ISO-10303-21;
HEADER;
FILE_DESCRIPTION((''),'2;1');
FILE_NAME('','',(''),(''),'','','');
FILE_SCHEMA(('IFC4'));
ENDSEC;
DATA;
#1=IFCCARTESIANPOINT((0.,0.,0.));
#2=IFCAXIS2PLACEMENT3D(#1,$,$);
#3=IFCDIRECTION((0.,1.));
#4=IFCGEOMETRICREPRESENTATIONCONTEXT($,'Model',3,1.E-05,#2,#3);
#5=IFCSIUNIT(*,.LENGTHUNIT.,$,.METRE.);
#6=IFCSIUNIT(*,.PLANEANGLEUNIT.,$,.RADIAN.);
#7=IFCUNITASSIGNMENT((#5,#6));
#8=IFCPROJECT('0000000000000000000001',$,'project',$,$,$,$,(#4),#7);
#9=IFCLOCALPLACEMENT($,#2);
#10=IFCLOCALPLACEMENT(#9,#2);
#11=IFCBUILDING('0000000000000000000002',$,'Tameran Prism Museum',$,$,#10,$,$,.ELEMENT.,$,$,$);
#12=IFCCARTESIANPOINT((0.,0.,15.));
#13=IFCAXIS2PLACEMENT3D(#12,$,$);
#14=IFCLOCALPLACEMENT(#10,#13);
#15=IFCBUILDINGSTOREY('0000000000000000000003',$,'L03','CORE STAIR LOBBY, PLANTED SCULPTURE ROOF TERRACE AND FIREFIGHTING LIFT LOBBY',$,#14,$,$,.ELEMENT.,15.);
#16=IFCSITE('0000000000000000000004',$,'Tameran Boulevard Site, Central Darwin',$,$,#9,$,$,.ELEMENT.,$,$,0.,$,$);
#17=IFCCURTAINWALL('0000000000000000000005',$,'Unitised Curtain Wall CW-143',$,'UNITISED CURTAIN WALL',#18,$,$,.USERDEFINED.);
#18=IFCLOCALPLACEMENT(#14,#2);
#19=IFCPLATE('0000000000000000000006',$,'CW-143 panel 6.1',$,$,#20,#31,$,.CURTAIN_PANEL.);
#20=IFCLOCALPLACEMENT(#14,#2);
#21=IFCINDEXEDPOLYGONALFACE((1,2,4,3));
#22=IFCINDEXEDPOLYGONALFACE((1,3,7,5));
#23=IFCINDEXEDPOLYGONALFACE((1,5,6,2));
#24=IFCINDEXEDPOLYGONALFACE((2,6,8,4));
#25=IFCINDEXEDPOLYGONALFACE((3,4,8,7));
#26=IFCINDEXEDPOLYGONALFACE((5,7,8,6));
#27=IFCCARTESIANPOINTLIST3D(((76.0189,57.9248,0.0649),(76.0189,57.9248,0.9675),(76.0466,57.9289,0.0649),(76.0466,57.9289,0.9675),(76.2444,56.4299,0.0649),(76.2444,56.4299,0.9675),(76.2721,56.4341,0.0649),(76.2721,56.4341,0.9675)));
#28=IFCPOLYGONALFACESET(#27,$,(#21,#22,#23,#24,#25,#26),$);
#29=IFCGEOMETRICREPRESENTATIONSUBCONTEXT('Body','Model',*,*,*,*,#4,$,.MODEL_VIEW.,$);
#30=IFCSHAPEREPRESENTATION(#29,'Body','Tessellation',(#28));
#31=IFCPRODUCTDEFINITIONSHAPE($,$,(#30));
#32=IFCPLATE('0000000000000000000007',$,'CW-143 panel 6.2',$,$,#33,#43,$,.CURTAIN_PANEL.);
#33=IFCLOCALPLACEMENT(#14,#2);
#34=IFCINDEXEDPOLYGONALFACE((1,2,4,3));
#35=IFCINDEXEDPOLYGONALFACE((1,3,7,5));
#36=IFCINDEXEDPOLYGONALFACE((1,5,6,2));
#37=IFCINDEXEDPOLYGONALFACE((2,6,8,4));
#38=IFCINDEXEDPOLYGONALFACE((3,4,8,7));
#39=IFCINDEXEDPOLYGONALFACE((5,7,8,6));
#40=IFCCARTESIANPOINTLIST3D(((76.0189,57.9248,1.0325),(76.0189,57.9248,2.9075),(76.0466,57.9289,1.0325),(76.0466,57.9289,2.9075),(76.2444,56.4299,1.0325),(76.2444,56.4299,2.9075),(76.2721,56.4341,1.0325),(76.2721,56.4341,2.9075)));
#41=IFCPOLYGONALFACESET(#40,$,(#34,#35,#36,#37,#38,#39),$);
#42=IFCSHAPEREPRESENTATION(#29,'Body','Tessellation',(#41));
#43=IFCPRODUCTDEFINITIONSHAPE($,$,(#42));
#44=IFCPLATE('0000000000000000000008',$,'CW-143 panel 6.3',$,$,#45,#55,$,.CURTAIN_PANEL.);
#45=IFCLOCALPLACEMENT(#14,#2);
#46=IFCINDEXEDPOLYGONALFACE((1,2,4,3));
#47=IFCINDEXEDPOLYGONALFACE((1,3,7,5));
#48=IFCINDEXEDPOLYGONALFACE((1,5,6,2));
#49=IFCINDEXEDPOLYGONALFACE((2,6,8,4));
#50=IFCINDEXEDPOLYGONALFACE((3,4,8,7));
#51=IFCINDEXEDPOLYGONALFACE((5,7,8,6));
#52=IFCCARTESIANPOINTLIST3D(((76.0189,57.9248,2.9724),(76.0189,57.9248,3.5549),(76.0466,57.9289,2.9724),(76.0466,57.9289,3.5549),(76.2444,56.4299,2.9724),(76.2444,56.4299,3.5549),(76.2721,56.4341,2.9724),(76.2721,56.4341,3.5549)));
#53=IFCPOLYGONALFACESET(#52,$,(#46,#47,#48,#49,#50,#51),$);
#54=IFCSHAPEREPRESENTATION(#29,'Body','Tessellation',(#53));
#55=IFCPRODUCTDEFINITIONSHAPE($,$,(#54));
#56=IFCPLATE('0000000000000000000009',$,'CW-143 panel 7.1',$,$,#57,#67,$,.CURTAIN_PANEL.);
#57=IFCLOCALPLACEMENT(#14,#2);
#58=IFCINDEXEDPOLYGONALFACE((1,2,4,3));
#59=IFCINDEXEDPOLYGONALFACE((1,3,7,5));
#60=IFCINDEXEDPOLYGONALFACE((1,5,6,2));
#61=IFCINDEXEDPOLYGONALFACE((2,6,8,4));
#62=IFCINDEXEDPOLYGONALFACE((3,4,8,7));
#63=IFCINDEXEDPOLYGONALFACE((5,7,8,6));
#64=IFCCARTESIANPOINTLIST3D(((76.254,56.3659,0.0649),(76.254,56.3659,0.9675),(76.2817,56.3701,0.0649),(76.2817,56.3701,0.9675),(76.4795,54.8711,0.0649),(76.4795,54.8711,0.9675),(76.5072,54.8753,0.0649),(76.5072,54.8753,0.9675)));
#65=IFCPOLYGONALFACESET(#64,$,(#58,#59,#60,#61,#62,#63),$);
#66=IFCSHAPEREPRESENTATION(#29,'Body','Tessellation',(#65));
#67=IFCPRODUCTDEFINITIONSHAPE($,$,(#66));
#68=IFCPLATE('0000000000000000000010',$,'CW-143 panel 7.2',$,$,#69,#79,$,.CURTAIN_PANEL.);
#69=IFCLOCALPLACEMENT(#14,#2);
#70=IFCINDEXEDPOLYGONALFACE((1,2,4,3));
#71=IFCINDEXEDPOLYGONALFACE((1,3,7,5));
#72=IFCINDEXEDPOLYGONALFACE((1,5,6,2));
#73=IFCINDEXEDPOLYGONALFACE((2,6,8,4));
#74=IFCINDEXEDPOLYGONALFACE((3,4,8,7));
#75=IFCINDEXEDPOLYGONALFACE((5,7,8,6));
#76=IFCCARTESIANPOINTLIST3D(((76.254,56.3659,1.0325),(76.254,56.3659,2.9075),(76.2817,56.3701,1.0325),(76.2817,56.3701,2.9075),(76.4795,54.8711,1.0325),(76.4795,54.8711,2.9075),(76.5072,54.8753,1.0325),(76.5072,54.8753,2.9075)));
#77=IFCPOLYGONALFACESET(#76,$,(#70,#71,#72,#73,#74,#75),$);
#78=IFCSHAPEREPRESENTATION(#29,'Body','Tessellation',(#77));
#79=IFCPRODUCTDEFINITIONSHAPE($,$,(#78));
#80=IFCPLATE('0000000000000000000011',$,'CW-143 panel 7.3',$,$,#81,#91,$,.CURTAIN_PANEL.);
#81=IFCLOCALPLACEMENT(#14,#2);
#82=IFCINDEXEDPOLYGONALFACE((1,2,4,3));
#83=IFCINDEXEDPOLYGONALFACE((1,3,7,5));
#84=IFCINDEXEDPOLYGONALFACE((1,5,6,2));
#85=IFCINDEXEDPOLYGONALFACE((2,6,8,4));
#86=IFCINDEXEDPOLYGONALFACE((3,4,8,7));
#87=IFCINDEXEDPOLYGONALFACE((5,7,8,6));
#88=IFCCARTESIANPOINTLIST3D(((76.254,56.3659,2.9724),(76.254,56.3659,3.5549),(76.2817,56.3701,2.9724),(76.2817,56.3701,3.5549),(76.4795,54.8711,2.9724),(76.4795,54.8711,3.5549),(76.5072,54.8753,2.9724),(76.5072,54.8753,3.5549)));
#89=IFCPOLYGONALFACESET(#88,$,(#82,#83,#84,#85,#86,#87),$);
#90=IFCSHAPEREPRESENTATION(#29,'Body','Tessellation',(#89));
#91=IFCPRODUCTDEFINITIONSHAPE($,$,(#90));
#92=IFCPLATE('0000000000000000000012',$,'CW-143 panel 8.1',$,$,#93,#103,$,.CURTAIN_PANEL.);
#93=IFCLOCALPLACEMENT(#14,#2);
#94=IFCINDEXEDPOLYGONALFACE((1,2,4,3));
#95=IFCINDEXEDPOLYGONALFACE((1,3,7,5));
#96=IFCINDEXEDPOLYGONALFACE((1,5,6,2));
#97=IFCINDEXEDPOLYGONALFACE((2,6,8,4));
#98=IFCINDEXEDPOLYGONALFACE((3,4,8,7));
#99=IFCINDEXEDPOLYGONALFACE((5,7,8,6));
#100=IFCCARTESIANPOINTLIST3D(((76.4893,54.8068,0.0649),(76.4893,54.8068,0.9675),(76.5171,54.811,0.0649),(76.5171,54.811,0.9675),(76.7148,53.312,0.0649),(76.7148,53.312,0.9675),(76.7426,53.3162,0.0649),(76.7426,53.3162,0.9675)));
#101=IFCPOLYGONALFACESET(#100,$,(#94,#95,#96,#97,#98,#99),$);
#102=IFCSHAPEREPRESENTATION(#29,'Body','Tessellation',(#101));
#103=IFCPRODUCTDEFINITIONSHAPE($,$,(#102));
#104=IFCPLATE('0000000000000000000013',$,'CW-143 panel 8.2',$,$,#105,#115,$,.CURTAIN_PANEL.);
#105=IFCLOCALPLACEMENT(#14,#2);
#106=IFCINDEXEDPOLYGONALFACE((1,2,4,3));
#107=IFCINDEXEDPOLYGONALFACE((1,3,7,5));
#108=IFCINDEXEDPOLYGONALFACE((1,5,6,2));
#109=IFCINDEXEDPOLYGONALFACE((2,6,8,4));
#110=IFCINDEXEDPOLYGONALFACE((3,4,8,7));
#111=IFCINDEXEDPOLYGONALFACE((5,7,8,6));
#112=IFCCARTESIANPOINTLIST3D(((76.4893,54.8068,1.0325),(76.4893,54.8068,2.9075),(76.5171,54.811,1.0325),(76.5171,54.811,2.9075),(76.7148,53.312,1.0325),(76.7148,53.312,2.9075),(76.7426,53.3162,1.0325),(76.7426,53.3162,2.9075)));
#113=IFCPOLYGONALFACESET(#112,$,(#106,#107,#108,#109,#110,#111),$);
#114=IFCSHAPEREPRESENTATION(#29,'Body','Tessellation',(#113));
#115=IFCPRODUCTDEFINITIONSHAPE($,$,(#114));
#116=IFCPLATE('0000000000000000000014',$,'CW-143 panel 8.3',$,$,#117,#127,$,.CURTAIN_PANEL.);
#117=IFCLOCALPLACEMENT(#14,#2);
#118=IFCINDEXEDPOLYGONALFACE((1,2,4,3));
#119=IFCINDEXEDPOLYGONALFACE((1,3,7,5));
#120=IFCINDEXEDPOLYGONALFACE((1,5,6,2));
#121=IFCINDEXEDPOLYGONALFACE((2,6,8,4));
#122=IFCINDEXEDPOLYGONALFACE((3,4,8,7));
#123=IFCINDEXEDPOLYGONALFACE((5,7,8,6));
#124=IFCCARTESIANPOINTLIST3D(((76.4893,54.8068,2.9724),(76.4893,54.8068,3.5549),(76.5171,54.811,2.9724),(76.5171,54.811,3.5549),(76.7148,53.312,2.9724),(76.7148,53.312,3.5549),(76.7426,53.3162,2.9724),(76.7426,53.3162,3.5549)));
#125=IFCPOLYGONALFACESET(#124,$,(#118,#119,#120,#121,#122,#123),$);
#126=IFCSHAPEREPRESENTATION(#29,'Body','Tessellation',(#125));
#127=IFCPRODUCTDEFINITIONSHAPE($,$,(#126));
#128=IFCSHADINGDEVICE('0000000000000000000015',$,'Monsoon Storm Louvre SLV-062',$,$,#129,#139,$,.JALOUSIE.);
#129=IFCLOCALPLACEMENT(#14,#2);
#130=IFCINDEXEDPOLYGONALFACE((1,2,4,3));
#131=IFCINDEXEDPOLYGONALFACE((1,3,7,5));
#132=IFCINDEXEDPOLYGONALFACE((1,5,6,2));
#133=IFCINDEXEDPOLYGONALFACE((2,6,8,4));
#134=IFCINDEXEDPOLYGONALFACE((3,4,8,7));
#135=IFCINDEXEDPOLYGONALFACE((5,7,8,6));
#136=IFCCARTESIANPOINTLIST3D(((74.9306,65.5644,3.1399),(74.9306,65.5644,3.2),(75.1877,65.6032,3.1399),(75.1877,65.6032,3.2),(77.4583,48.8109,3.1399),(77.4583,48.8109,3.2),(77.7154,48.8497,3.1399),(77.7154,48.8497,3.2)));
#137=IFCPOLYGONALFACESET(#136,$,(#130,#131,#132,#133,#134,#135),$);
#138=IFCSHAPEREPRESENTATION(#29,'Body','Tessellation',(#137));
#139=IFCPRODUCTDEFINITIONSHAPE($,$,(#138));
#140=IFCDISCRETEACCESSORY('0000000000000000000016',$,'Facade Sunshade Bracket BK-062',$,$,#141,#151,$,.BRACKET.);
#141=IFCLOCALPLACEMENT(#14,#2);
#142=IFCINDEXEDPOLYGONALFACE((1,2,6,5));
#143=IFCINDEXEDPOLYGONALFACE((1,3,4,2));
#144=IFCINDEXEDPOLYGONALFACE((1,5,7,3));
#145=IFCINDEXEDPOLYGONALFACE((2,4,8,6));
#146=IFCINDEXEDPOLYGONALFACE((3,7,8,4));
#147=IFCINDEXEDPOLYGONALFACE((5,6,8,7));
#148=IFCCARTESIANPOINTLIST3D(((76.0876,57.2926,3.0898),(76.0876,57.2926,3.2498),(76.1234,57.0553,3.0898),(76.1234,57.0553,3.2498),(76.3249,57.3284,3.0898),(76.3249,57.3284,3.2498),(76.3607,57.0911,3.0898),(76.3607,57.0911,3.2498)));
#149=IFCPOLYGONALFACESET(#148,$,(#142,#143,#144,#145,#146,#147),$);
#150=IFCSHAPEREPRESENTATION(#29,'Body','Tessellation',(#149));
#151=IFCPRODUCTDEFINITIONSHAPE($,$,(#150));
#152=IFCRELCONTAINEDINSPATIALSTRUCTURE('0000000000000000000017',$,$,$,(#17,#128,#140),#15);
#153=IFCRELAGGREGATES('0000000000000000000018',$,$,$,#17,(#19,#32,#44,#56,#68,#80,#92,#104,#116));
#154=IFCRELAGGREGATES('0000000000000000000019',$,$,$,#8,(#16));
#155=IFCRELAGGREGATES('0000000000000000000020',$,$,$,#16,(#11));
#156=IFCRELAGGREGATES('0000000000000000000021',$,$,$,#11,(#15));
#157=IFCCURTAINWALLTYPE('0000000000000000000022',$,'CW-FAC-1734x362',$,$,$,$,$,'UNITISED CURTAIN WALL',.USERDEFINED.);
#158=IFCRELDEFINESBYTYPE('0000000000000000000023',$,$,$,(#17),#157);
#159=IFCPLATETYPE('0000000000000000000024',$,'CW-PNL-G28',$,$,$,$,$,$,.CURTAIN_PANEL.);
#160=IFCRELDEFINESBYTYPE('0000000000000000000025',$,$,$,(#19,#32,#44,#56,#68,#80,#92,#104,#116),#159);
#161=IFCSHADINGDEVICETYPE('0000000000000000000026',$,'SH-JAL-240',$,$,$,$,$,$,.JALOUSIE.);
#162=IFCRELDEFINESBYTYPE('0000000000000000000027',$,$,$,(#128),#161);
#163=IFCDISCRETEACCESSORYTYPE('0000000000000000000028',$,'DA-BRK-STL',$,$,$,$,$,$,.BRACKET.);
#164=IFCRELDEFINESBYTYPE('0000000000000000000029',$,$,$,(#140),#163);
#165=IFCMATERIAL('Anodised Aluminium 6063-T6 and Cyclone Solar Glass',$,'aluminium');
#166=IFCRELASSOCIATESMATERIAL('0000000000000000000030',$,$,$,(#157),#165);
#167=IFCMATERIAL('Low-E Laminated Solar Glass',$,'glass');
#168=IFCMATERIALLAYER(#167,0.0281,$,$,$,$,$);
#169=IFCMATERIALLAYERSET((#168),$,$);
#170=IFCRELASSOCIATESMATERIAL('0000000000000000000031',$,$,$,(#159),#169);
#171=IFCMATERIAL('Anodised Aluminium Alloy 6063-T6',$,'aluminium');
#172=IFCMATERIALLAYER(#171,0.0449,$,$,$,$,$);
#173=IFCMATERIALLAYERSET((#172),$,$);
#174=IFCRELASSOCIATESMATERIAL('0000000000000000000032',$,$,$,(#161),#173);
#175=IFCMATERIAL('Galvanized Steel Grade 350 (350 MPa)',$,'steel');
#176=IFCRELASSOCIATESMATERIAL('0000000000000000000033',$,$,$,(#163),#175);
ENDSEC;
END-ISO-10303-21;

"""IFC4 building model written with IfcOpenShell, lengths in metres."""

from ifc_helpers import new_model, si_unit, direction, frame, origin, origin_2d, place, context, subcontext, project, spatial, rectangle, extrude, material, layer, layer_set, type_object, element, aggregate, save


model = new_model("IFC4")

# Units and contexts
model_context = context("Model", 3, precision=1e-05, world=origin(), true_north=direction((0.0, 1.0)))
body_context = subcontext(model_context, "Body", "Model", "MODEL_VIEW")
ifc_project = project(units=[si_unit("LENGTHUNIT", "METRE"), si_unit("PLANEANGLEUNIT", "RADIAN")], contexts=[model_context])

# Site, building, storey
site_placement = place(None, origin())
site = spatial("IfcSite", under=ifc_project, at=site_placement, Name="Tameran Boulevard Site, Central Darwin", CompositionType="ELEMENT", RefElevation=0.0)
building_placement = place(site_placement, origin())
building = spatial("IfcBuilding", under=site, at=building_placement, Name="Tameran Prism Museum", CompositionType="ELEMENT")
storey_placement = place(building_placement, frame((0.0, 0.0, 15.0)))
storey = spatial("IfcBuildingStorey", under=building, at=storey_placement, Name="L03", Description="CORE STAIR LOBBY, PLANTED SCULPTURE ROOF TERRACE AND FIREFIGHTING LIFT LOBBY", CompositionType="ELEMENT", Elevation=15.0)

# Curtain wall, plates
ifc_material_1 = material(Name="Anodised Aluminium 6063-T6 and Cyclone Solar Glass", Category="aluminium")
curtain_wall_type = type_object("IfcCurtainWallType", Name="CW-FAC-1734x362", ElementType="UNITISED CURTAIN WALL", PredefinedType="USERDEFINED", material=ifc_material_1)
curtain_wall_placement = place(storey_placement, origin())
curtain_wall = element("IfcCurtainWall", 1, at=curtain_wall_placement, inside=storey, type_object=curtain_wall_type, Name="Unitised Curtain Wall CW-143", ObjectType="UNITISED CURTAIN WALL", PredefinedType="USERDEFINED")
ifc_material_2 = material(Name="Low-E Laminated Solar Glass", Category="glass")
ifc_layer_1 = layer(ifc_material_2, 0.0281)
ifc_layer_set_1 = layer_set([ifc_layer_1])
plate_type = type_object("IfcPlateType", Name="CW-PNL-G28", PredefinedType="CURTAIN_PANEL", material=ifc_layer_set_1)
plate_1_placement = place(storey_placement, frame((76.1455, 57.1794, 0.0649), z_axis=(0.0, 0.0, 1.0), x_axis=(0.149167, -0.988812, 0.0)))
plate_1 = element("IfcPlate", 2, at=plate_1_placement, type_object=plate_type, Name="CW-143 panel 6.1", PredefinedType="CURTAIN_PANEL", context=body_context, shape_type="SweptSolid", body=[
    extrude(rectangle(XDim=1.5117, YDim=0.0281, at=origin_2d()), origin(), (0.0, 0.0, 1.0), 0.9026),
])
plate_2_placement = place(storey_placement, frame((76.1455, 57.1794, 1.0325), z_axis=(0.0, 0.0, 1.0), x_axis=(0.149167, -0.988812, 0.0)))
plate_2 = element("IfcPlate", 3, at=plate_2_placement, type_object=plate_type, Name="CW-143 panel 6.2", PredefinedType="CURTAIN_PANEL", context=body_context, shape_type="SweptSolid", body=[
    extrude(rectangle(XDim=1.5117, YDim=0.0281, at=origin_2d()), origin(), (0.0, 0.0, 1.0), 1.875),
])
plate_3_placement = place(storey_placement, frame((76.1455, 57.1794, 2.9724), z_axis=(0.0, 0.0, 1.0), x_axis=(0.149167, -0.988812, 0.0)))
plate_3 = element("IfcPlate", 4, at=plate_3_placement, type_object=plate_type, Name="CW-143 panel 6.3", PredefinedType="CURTAIN_PANEL", context=body_context, shape_type="SweptSolid", body=[
    extrude(rectangle(XDim=1.5117, YDim=0.0281, at=origin_2d()), origin(), (0.0, 0.0, 1.0), 0.5825),
])
plate_4_placement = place(storey_placement, frame((76.3806, 55.6206, 0.0649), z_axis=(0.0, 0.0, 1.0), x_axis=(0.149167, -0.988812, 0.0)))
plate_4 = element("IfcPlate", 5, at=plate_4_placement, type_object=plate_type, Name="CW-143 panel 7.1", PredefinedType="CURTAIN_PANEL", context=body_context, shape_type="SweptSolid", body=[
    extrude(rectangle(XDim=1.5117, YDim=0.0281, at=origin_2d()), origin(), (0.0, 0.0, 1.0), 0.9026),
])
plate_5_placement = place(storey_placement, frame((76.3806, 55.6206, 1.0325), z_axis=(0.0, 0.0, 1.0), x_axis=(0.149167, -0.988812, 0.0)))
plate_5 = element("IfcPlate", 6, at=plate_5_placement, type_object=plate_type, Name="CW-143 panel 7.2", PredefinedType="CURTAIN_PANEL", context=body_context, shape_type="SweptSolid", body=[
    extrude(rectangle(XDim=1.5117, YDim=0.0281, at=origin_2d()), origin(), (0.0, 0.0, 1.0), 1.875),
])
plate_6_placement = place(storey_placement, frame((76.3806, 55.6206, 2.9724), z_axis=(0.0, 0.0, 1.0), x_axis=(0.149167, -0.988812, 0.0)))
plate_6 = element("IfcPlate", 7, at=plate_6_placement, type_object=plate_type, Name="CW-143 panel 7.3", PredefinedType="CURTAIN_PANEL", context=body_context, shape_type="SweptSolid", body=[
    extrude(rectangle(XDim=1.5117, YDim=0.0281, at=origin_2d()), origin(), (0.0, 0.0, 1.0), 0.5825),
])
plate_7_placement = place(storey_placement, frame((76.616, 54.0615, 0.0649), z_axis=(0.0, 0.0, 1.0), x_axis=(0.149167, -0.988812, 0.0)))
plate_7 = element("IfcPlate", 8, at=plate_7_placement, type_object=plate_type, Name="CW-143 panel 8.1", PredefinedType="CURTAIN_PANEL", context=body_context, shape_type="SweptSolid", body=[
    extrude(rectangle(XDim=1.5117, YDim=0.0281, at=origin_2d()), origin(), (0.0, 0.0, 1.0), 0.9026),
])
plate_8_placement = place(storey_placement, frame((76.616, 54.0615, 1.0325), z_axis=(0.0, 0.0, 1.0), x_axis=(0.149167, -0.988812, 0.0)))
plate_8 = element("IfcPlate", 9, at=plate_8_placement, type_object=plate_type, Name="CW-143 panel 8.2", PredefinedType="CURTAIN_PANEL", context=body_context, shape_type="SweptSolid", body=[
    extrude(rectangle(XDim=1.5117, YDim=0.0281, at=origin_2d()), origin(), (0.0, 0.0, 1.0), 1.875),
])
plate_9_placement = place(storey_placement, frame((76.616, 54.0615, 2.9724), z_axis=(0.0, 0.0, 1.0), x_axis=(0.149167, -0.988812, 0.0)))
plate_9 = element("IfcPlate", 10, at=plate_9_placement, type_object=plate_type, Name="CW-143 panel 8.3", PredefinedType="CURTAIN_PANEL", context=body_context, shape_type="SweptSolid", body=[
    extrude(rectangle(XDim=1.5117, YDim=0.0281, at=origin_2d()), origin(), (0.0, 0.0, 1.0), 0.5825),
])
aggregate(curtain_wall, [plate_1, plate_2, plate_3, plate_4, plate_5, plate_6, plate_7, plate_8, plate_9])

# Shading device
ifc_material_3 = material(Name="Anodised Aluminium Alloy 6063-T6", Category="aluminium")
ifc_layer_2 = layer(ifc_material_3, 0.0449)
ifc_layer_set_2 = layer_set([ifc_layer_2])
shading_device_type = type_object("IfcShadingDeviceType", Name="SH-JAL-240", PredefinedType="JALOUSIE", material=ifc_layer_set_2)
shading_device_placement = place(storey_placement, frame((76.323, 57.207, 3.1399), z_axis=(0.0, 0.0, 1.0), x_axis=(0.14919, -0.988809, 0.0)))
element("IfcShadingDevice", 11, at=shading_device_placement, inside=storey, type_object=shading_device_type, Name="Monsoon Storm Louvre SLV-062", PredefinedType="JALOUSIE", context=body_context, shape_type="SweptSolid", body=[
    extrude(rectangle(XDim=16.9431, YDim=0.26, at=origin_2d()), origin(), (0.0, 0.0, 1.0), 0.0601),
])

# Discrete accessory
ifc_material_4 = material(Name="Galvanized Steel Grade 350 (350 MPa)", Category="steel")
discrete_accessory_type = type_object("IfcDiscreteAccessoryType", Name="DA-BRK-STL", PredefinedType="BRACKET", material=ifc_material_4)
discrete_accessory_placement = place(storey_placement, frame((76.2241, 57.1919, 3.0898), z_axis=(0.0, 0.0, 1.0), x_axis=(0.14919, -0.988809, 0.0)))
element("IfcDiscreteAccessory", 12, at=discrete_accessory_placement, inside=storey, type_object=discrete_accessory_type, Name="Facade Sunshade Bracket BK-062", PredefinedType="BRACKET", context=body_context, shape_type="SweptSolid", body=[
    extrude(rectangle(XDim=0.24, YDim=0.24, at=origin_2d()), origin(), (0.0, 0.0, 1.0), 0.1599),
])

save(model, "model.ifc")
